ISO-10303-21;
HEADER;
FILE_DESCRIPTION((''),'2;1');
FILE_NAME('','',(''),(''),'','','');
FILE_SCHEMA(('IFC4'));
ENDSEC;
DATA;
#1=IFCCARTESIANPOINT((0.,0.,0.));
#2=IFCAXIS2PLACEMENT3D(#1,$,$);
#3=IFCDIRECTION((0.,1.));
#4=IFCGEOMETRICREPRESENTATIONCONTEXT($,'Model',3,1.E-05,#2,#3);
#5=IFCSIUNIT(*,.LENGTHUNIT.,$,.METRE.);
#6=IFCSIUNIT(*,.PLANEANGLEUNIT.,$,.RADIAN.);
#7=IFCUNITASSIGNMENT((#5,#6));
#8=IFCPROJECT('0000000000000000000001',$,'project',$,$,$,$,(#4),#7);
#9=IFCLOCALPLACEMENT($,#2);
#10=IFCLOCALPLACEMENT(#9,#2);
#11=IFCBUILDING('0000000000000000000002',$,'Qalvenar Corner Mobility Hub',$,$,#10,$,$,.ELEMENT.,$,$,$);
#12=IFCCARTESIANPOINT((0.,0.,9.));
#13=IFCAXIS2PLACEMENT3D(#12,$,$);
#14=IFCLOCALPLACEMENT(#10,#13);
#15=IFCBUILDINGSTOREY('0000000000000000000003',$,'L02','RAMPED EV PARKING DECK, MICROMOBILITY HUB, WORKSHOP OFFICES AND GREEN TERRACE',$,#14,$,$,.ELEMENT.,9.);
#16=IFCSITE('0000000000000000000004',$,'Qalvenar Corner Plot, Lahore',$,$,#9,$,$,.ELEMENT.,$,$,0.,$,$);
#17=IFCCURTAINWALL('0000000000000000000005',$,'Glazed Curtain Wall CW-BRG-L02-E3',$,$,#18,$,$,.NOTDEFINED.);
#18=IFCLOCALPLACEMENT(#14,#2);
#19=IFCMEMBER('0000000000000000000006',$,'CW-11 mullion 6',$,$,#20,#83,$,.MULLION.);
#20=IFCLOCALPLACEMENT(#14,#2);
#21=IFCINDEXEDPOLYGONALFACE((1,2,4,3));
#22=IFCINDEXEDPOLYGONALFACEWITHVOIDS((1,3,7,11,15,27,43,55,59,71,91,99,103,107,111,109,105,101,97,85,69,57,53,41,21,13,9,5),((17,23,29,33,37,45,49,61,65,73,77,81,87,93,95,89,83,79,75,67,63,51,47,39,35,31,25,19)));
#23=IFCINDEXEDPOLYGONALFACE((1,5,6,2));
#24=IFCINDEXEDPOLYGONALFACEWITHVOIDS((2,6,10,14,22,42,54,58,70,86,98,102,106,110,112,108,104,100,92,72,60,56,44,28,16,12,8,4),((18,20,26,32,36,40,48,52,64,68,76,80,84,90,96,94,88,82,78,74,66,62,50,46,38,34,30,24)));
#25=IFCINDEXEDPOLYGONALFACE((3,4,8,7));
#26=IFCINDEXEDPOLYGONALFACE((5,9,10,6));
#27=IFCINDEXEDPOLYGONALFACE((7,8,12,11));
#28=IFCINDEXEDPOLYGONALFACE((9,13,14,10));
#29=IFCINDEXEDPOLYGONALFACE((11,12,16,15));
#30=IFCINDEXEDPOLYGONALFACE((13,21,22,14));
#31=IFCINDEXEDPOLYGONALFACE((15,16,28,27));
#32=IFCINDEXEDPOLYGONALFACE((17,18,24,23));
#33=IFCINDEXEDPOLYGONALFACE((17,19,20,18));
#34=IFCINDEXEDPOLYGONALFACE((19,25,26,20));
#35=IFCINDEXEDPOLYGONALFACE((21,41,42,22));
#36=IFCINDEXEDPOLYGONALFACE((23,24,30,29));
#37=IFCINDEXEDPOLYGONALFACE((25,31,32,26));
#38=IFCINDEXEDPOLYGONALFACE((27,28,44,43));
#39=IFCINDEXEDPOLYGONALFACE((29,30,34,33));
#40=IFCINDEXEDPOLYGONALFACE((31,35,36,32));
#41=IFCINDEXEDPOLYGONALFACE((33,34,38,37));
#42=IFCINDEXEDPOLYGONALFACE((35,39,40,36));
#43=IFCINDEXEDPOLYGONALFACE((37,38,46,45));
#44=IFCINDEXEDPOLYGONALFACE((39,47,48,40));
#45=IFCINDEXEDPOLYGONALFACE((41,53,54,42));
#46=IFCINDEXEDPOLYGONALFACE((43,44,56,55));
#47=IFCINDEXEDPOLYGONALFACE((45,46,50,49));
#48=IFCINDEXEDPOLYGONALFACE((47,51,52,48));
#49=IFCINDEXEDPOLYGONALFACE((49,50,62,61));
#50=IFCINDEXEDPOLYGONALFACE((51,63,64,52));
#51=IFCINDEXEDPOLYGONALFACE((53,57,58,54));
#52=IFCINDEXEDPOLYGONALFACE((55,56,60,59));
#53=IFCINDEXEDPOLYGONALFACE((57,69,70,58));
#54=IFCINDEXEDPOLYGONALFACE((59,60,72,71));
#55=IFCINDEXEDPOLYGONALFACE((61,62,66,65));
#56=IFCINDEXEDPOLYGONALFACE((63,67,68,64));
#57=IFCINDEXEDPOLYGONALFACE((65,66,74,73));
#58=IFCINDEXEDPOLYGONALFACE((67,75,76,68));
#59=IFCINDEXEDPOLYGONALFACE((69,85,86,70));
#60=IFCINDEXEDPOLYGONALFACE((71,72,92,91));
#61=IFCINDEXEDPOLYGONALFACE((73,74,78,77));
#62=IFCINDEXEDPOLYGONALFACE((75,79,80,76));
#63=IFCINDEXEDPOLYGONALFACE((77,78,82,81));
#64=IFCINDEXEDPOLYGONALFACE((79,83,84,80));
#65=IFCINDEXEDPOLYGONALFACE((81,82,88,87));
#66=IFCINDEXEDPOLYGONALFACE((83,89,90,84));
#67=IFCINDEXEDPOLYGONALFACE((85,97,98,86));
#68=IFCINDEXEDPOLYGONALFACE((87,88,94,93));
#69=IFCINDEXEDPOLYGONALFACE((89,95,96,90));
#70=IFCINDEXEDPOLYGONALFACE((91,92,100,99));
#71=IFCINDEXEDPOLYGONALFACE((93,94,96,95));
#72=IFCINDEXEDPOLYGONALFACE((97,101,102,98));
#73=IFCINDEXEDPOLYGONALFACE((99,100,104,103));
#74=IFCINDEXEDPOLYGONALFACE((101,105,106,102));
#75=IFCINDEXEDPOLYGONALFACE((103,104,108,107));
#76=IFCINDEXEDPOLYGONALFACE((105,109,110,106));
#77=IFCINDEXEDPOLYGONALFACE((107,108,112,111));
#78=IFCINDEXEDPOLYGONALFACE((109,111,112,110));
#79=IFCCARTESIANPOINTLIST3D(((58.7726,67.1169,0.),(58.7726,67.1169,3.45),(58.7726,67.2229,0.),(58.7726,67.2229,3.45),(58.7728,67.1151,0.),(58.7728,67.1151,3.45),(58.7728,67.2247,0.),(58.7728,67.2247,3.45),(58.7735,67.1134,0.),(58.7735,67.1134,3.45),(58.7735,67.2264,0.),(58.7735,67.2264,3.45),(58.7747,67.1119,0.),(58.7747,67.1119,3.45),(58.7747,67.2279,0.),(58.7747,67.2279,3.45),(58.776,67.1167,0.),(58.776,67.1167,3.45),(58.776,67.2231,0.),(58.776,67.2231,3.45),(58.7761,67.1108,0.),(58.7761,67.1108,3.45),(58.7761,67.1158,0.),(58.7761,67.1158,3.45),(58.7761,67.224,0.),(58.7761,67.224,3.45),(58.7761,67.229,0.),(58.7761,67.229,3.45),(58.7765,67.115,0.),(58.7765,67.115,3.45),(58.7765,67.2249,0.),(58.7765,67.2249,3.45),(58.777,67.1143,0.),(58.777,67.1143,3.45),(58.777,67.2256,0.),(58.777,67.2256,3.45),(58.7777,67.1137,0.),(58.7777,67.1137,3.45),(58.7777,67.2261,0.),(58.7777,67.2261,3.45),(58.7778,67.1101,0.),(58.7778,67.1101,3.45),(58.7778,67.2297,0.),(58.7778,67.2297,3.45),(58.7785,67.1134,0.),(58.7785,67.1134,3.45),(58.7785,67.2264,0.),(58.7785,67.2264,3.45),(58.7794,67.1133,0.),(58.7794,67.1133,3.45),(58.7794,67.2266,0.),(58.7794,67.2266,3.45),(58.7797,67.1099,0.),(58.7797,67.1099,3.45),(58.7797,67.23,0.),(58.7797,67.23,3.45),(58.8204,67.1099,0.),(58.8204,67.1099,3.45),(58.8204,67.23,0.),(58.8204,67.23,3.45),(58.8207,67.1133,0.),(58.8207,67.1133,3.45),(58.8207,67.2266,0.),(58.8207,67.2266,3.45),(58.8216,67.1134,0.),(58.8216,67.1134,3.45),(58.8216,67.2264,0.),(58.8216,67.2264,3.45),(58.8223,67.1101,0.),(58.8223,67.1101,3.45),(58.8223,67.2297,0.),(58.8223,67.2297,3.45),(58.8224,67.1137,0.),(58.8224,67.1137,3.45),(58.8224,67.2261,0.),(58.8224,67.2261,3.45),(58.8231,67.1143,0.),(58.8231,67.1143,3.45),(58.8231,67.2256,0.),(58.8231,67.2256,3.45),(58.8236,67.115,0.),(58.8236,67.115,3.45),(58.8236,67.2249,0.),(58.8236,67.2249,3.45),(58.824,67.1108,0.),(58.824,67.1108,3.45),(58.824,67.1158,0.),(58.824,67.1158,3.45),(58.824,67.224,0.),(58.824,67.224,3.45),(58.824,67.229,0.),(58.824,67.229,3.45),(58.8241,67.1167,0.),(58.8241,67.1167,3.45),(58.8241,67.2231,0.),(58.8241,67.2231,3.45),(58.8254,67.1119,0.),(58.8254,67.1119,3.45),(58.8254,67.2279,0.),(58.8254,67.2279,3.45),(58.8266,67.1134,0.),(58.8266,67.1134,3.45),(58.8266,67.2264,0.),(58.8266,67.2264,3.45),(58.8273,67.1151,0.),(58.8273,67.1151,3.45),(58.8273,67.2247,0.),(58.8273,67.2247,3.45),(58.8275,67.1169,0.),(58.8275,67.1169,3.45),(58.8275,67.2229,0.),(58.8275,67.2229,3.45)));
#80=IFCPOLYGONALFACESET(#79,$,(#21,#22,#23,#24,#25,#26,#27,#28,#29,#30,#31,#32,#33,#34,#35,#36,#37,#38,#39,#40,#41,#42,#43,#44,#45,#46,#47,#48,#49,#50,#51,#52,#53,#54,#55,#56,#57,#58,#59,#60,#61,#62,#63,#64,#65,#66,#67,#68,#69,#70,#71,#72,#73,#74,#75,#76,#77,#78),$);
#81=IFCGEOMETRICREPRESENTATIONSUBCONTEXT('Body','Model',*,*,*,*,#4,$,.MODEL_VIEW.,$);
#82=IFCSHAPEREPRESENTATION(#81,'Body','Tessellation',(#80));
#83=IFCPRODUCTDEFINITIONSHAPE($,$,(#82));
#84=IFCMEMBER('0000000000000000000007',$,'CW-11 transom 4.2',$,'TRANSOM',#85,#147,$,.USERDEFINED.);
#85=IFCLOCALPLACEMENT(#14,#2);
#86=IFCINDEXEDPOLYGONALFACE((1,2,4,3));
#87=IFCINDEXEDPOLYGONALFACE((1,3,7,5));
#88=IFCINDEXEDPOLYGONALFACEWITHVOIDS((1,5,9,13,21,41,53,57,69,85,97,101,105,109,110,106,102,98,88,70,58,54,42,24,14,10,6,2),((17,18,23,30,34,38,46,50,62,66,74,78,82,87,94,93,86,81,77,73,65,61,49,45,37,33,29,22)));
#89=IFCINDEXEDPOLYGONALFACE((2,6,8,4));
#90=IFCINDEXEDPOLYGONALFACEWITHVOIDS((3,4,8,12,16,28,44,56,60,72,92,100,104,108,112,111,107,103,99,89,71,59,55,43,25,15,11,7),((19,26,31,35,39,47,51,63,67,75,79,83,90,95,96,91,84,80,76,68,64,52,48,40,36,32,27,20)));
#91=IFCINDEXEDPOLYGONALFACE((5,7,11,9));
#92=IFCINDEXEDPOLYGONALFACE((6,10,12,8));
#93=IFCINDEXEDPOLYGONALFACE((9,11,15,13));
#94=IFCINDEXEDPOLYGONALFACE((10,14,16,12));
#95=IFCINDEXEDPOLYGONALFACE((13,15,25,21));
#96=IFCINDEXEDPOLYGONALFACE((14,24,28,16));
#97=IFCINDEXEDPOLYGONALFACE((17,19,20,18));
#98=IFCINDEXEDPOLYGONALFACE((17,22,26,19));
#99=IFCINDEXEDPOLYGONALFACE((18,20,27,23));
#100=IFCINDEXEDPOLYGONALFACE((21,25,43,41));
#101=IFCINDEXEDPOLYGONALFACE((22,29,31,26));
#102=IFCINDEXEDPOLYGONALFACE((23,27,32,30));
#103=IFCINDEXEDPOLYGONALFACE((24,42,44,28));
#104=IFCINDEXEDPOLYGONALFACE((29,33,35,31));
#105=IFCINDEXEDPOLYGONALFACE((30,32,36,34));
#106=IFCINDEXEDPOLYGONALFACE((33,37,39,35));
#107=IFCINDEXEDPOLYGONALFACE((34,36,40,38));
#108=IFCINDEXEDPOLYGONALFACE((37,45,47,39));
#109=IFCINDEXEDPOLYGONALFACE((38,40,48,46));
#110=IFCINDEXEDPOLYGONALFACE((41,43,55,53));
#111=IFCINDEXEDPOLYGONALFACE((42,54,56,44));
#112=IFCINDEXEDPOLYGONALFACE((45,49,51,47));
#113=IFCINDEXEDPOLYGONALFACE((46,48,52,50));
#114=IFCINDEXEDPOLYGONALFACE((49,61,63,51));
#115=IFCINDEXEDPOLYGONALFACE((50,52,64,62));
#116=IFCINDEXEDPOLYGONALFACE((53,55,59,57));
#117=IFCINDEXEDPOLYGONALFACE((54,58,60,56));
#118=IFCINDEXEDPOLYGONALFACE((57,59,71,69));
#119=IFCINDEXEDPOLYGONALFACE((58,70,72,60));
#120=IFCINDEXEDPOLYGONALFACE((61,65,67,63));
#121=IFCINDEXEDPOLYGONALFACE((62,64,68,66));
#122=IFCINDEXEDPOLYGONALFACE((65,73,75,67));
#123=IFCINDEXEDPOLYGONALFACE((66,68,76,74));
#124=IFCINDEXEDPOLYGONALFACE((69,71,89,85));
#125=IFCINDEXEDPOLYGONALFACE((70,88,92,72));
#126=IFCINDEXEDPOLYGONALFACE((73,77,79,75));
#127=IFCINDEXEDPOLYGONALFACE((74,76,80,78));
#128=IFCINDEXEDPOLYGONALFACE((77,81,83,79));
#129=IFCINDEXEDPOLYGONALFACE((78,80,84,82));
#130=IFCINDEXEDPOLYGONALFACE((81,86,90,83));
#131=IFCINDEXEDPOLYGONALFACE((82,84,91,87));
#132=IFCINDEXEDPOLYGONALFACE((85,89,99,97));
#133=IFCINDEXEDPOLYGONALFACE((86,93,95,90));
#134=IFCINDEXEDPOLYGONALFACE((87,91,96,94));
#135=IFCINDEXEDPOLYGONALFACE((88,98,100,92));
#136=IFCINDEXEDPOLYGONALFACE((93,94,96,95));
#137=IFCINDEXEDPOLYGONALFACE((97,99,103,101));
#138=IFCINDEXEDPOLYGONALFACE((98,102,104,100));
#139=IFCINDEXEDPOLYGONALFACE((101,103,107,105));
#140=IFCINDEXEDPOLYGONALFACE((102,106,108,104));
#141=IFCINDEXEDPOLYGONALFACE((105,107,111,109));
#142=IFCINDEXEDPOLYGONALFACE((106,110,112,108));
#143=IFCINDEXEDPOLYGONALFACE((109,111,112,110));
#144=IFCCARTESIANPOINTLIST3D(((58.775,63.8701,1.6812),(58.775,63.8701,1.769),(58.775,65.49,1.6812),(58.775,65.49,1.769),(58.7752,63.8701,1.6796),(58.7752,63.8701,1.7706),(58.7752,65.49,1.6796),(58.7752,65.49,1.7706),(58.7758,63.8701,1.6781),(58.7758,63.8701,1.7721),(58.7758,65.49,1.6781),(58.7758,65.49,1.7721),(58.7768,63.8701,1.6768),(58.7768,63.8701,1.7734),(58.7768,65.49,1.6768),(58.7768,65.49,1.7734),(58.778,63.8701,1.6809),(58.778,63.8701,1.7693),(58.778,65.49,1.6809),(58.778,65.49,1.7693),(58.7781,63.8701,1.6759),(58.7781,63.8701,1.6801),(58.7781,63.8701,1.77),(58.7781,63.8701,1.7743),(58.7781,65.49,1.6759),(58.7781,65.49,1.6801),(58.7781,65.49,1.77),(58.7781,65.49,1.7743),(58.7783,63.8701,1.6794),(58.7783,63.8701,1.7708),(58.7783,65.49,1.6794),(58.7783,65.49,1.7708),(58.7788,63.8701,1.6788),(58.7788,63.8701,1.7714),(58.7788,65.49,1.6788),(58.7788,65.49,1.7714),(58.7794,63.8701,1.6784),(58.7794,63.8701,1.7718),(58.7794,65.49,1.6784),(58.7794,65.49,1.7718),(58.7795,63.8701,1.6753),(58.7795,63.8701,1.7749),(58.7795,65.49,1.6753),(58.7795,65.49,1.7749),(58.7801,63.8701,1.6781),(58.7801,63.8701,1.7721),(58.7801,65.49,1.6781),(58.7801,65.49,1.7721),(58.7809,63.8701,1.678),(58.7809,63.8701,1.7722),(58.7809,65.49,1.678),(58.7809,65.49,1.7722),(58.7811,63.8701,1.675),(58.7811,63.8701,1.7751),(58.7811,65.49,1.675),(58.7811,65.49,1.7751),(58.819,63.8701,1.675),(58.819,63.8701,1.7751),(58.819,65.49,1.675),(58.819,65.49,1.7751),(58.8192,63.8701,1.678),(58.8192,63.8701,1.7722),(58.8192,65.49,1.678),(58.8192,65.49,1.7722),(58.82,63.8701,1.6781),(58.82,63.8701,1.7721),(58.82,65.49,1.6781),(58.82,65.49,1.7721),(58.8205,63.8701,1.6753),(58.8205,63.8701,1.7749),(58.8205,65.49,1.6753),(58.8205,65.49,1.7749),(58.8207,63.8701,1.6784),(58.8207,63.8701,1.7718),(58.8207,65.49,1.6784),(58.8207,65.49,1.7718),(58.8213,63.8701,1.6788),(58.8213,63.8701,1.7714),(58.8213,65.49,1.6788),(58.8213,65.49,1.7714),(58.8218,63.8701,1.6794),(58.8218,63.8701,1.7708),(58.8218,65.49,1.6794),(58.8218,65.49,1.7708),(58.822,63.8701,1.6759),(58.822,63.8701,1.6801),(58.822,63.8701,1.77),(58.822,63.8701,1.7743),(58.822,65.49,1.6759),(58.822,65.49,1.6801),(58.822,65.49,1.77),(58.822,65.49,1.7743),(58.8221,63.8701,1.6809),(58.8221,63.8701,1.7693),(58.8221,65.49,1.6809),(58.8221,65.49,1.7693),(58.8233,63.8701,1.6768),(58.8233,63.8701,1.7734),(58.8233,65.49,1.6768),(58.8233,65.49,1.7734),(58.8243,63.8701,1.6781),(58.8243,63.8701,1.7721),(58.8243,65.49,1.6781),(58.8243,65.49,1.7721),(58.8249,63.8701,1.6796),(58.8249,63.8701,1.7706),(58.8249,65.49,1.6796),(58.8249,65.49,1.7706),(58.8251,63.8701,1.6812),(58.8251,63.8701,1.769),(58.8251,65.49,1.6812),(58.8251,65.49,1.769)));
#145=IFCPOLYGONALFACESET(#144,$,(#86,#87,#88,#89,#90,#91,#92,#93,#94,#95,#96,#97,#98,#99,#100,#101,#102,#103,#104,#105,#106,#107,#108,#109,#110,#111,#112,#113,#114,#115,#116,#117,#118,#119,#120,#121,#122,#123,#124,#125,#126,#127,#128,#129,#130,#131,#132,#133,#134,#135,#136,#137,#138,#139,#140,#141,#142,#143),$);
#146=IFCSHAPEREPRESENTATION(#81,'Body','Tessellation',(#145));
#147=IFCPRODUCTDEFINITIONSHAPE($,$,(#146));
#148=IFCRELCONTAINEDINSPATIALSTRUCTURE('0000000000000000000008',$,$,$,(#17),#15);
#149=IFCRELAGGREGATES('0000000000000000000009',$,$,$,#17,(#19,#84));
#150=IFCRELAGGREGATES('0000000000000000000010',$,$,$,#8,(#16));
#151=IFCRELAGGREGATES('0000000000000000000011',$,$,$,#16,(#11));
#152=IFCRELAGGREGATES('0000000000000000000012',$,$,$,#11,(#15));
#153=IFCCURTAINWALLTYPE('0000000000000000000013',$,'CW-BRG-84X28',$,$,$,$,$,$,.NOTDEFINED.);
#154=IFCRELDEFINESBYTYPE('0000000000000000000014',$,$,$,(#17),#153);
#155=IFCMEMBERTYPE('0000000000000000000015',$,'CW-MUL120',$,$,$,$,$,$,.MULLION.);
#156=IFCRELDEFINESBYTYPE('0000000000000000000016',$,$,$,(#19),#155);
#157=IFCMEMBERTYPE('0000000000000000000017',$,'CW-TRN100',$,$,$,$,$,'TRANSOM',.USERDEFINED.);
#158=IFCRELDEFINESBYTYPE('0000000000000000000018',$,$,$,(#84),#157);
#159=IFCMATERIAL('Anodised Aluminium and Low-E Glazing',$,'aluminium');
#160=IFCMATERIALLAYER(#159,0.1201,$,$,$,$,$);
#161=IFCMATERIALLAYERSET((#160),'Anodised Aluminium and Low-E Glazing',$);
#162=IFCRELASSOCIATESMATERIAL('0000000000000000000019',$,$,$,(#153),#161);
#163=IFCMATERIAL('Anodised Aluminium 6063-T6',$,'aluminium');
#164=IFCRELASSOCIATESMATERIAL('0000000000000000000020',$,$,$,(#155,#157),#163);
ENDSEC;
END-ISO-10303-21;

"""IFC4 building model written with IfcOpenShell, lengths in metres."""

from ifc_helpers import new_model, si_unit, direction, frame, origin, origin_2d, place, context, subcontext, project, spatial, hollow_rectangle, extrude, material, layer, layer_set, material_profile, profile_set, type_object, element, aggregate, save


model = new_model("IFC4")

# Units and contexts
model_context = context("Model", 3, precision=1e-05, world=origin(), true_north=direction((0.0, 1.0)))
body_context = subcontext(model_context, "Body", "Model", "MODEL_VIEW")
ifc_project = project(units=[si_unit("LENGTHUNIT", "METRE"), si_unit("PLANEANGLEUNIT", "RADIAN")], contexts=[model_context])

# Site, building, storey
site_placement = place(None, origin())
site = spatial("IfcSite", under=ifc_project, at=site_placement, Name="Qalvenar Corner Plot, Lahore", CompositionType="ELEMENT", RefElevation=0.0)
building_placement = place(site_placement, origin())
building = spatial("IfcBuilding", under=site, at=building_placement, Name="Qalvenar Corner Mobility Hub", CompositionType="ELEMENT")
storey_placement = place(building_placement, frame((0.0, 0.0, 9.0)))
storey = spatial("IfcBuildingStorey", under=building, at=storey_placement, Name="L02", Description="RAMPED EV PARKING DECK, MICROMOBILITY HUB, WORKSHOP OFFICES AND GREEN TERRACE", CompositionType="ELEMENT", Elevation=9.0)

# Curtain wall, members
ifc_material_1 = material(Name="Anodised Aluminium and Low-E Glazing", Category="aluminium")
ifc_layer_1 = layer(ifc_material_1, 0.1201)
ifc_layer_set_1 = layer_set([ifc_layer_1], Name="Anodised Aluminium and Low-E Glazing")
curtain_wall_type = type_object("IfcCurtainWallType", Name="CW-BRG-84X28", PredefinedType="NOTDEFINED", material=ifc_layer_set_1)
curtain_wall_placement = place(storey_placement, origin())
curtain_wall = element("IfcCurtainWall", 1, at=curtain_wall_placement, inside=storey, type_object=curtain_wall_type, Name="Glazed Curtain Wall CW-BRG-L02-E3", PredefinedType="NOTDEFINED")
ifc_material_2 = material(Name="Anodised Aluminium 6063-T6", Category="aluminium")
ifc_material_profile_1 = material_profile(ifc_material_2, hollow_rectangle(XDim=0.0549, YDim=0.1201, WallThickness=0.0034, InnerFilletRadius=0.0034, OuterFilletRadius=0.0071, at=origin_2d()), Name="RHS120x55x3.5")
ifc_profile_set_1 = profile_set([ifc_material_profile_1], Name="Anodised Aluminium 6063-T6")
member_type_1 = type_object("IfcMemberType", Name="CW-MUL120", PredefinedType="MULLION", material=ifc_profile_set_1)
member_1_placement = place(storey_placement, frame((58.8, 67.1699, 0.0), z_axis=(0.0, 0.0, 1.0), x_axis=(-1.0, 0.0, 0.0)))
member_1 = element("IfcMember", 2, at=member_1_placement, type_object=member_type_1, Name="CW-11 mullion 6", PredefinedType="MULLION", context=body_context, shape_type="SweptSolid", body=[
    extrude(hollow_rectangle(XDim=0.0549, YDim=0.1201, WallThickness=0.0034, InnerFilletRadius=0.0034, OuterFilletRadius=0.0071, at=origin_2d()), origin(), (0.0, 0.0, 1.0), 3.45),
])
ifc_material_profile_2 = material_profile(ifc_material_2, hollow_rectangle(XDim=0.05, YDim=0.1001, WallThickness=0.0029, InnerFilletRadius=0.0029, OuterFilletRadius=0.0061, at=origin_2d()), Name="RHS100x50x3")
ifc_profile_set_2 = profile_set([ifc_material_profile_2], Name="Anodised Aluminium 6063-T6")
member_type_2 = type_object("IfcMemberType", Name="CW-TRN100", ElementType="TRANSOM", PredefinedType="USERDEFINED", material=ifc_profile_set_2)
member_2_placement = place(storey_placement, frame((58.8, 63.8701, 1.7251), z_axis=(0.0, 1.0, 0.0), x_axis=(-1.0, 0.0, 0.0)))
member_2 = element("IfcMember", 3, at=member_2_placement, type_object=member_type_2, Name="CW-11 transom 4.2", ObjectType="TRANSOM", PredefinedType="USERDEFINED", context=body_context, shape_type="SweptSolid", body=[
    extrude(hollow_rectangle(XDim=0.05, YDim=0.1001, WallThickness=0.0029, InnerFilletRadius=0.0029, OuterFilletRadius=0.0061, at=origin_2d()), origin(), (0.0, 0.0, 1.0), 1.6199),
])

aggregate(curtain_wall, [member_1, member_2])

save(model, "model.ifc")
